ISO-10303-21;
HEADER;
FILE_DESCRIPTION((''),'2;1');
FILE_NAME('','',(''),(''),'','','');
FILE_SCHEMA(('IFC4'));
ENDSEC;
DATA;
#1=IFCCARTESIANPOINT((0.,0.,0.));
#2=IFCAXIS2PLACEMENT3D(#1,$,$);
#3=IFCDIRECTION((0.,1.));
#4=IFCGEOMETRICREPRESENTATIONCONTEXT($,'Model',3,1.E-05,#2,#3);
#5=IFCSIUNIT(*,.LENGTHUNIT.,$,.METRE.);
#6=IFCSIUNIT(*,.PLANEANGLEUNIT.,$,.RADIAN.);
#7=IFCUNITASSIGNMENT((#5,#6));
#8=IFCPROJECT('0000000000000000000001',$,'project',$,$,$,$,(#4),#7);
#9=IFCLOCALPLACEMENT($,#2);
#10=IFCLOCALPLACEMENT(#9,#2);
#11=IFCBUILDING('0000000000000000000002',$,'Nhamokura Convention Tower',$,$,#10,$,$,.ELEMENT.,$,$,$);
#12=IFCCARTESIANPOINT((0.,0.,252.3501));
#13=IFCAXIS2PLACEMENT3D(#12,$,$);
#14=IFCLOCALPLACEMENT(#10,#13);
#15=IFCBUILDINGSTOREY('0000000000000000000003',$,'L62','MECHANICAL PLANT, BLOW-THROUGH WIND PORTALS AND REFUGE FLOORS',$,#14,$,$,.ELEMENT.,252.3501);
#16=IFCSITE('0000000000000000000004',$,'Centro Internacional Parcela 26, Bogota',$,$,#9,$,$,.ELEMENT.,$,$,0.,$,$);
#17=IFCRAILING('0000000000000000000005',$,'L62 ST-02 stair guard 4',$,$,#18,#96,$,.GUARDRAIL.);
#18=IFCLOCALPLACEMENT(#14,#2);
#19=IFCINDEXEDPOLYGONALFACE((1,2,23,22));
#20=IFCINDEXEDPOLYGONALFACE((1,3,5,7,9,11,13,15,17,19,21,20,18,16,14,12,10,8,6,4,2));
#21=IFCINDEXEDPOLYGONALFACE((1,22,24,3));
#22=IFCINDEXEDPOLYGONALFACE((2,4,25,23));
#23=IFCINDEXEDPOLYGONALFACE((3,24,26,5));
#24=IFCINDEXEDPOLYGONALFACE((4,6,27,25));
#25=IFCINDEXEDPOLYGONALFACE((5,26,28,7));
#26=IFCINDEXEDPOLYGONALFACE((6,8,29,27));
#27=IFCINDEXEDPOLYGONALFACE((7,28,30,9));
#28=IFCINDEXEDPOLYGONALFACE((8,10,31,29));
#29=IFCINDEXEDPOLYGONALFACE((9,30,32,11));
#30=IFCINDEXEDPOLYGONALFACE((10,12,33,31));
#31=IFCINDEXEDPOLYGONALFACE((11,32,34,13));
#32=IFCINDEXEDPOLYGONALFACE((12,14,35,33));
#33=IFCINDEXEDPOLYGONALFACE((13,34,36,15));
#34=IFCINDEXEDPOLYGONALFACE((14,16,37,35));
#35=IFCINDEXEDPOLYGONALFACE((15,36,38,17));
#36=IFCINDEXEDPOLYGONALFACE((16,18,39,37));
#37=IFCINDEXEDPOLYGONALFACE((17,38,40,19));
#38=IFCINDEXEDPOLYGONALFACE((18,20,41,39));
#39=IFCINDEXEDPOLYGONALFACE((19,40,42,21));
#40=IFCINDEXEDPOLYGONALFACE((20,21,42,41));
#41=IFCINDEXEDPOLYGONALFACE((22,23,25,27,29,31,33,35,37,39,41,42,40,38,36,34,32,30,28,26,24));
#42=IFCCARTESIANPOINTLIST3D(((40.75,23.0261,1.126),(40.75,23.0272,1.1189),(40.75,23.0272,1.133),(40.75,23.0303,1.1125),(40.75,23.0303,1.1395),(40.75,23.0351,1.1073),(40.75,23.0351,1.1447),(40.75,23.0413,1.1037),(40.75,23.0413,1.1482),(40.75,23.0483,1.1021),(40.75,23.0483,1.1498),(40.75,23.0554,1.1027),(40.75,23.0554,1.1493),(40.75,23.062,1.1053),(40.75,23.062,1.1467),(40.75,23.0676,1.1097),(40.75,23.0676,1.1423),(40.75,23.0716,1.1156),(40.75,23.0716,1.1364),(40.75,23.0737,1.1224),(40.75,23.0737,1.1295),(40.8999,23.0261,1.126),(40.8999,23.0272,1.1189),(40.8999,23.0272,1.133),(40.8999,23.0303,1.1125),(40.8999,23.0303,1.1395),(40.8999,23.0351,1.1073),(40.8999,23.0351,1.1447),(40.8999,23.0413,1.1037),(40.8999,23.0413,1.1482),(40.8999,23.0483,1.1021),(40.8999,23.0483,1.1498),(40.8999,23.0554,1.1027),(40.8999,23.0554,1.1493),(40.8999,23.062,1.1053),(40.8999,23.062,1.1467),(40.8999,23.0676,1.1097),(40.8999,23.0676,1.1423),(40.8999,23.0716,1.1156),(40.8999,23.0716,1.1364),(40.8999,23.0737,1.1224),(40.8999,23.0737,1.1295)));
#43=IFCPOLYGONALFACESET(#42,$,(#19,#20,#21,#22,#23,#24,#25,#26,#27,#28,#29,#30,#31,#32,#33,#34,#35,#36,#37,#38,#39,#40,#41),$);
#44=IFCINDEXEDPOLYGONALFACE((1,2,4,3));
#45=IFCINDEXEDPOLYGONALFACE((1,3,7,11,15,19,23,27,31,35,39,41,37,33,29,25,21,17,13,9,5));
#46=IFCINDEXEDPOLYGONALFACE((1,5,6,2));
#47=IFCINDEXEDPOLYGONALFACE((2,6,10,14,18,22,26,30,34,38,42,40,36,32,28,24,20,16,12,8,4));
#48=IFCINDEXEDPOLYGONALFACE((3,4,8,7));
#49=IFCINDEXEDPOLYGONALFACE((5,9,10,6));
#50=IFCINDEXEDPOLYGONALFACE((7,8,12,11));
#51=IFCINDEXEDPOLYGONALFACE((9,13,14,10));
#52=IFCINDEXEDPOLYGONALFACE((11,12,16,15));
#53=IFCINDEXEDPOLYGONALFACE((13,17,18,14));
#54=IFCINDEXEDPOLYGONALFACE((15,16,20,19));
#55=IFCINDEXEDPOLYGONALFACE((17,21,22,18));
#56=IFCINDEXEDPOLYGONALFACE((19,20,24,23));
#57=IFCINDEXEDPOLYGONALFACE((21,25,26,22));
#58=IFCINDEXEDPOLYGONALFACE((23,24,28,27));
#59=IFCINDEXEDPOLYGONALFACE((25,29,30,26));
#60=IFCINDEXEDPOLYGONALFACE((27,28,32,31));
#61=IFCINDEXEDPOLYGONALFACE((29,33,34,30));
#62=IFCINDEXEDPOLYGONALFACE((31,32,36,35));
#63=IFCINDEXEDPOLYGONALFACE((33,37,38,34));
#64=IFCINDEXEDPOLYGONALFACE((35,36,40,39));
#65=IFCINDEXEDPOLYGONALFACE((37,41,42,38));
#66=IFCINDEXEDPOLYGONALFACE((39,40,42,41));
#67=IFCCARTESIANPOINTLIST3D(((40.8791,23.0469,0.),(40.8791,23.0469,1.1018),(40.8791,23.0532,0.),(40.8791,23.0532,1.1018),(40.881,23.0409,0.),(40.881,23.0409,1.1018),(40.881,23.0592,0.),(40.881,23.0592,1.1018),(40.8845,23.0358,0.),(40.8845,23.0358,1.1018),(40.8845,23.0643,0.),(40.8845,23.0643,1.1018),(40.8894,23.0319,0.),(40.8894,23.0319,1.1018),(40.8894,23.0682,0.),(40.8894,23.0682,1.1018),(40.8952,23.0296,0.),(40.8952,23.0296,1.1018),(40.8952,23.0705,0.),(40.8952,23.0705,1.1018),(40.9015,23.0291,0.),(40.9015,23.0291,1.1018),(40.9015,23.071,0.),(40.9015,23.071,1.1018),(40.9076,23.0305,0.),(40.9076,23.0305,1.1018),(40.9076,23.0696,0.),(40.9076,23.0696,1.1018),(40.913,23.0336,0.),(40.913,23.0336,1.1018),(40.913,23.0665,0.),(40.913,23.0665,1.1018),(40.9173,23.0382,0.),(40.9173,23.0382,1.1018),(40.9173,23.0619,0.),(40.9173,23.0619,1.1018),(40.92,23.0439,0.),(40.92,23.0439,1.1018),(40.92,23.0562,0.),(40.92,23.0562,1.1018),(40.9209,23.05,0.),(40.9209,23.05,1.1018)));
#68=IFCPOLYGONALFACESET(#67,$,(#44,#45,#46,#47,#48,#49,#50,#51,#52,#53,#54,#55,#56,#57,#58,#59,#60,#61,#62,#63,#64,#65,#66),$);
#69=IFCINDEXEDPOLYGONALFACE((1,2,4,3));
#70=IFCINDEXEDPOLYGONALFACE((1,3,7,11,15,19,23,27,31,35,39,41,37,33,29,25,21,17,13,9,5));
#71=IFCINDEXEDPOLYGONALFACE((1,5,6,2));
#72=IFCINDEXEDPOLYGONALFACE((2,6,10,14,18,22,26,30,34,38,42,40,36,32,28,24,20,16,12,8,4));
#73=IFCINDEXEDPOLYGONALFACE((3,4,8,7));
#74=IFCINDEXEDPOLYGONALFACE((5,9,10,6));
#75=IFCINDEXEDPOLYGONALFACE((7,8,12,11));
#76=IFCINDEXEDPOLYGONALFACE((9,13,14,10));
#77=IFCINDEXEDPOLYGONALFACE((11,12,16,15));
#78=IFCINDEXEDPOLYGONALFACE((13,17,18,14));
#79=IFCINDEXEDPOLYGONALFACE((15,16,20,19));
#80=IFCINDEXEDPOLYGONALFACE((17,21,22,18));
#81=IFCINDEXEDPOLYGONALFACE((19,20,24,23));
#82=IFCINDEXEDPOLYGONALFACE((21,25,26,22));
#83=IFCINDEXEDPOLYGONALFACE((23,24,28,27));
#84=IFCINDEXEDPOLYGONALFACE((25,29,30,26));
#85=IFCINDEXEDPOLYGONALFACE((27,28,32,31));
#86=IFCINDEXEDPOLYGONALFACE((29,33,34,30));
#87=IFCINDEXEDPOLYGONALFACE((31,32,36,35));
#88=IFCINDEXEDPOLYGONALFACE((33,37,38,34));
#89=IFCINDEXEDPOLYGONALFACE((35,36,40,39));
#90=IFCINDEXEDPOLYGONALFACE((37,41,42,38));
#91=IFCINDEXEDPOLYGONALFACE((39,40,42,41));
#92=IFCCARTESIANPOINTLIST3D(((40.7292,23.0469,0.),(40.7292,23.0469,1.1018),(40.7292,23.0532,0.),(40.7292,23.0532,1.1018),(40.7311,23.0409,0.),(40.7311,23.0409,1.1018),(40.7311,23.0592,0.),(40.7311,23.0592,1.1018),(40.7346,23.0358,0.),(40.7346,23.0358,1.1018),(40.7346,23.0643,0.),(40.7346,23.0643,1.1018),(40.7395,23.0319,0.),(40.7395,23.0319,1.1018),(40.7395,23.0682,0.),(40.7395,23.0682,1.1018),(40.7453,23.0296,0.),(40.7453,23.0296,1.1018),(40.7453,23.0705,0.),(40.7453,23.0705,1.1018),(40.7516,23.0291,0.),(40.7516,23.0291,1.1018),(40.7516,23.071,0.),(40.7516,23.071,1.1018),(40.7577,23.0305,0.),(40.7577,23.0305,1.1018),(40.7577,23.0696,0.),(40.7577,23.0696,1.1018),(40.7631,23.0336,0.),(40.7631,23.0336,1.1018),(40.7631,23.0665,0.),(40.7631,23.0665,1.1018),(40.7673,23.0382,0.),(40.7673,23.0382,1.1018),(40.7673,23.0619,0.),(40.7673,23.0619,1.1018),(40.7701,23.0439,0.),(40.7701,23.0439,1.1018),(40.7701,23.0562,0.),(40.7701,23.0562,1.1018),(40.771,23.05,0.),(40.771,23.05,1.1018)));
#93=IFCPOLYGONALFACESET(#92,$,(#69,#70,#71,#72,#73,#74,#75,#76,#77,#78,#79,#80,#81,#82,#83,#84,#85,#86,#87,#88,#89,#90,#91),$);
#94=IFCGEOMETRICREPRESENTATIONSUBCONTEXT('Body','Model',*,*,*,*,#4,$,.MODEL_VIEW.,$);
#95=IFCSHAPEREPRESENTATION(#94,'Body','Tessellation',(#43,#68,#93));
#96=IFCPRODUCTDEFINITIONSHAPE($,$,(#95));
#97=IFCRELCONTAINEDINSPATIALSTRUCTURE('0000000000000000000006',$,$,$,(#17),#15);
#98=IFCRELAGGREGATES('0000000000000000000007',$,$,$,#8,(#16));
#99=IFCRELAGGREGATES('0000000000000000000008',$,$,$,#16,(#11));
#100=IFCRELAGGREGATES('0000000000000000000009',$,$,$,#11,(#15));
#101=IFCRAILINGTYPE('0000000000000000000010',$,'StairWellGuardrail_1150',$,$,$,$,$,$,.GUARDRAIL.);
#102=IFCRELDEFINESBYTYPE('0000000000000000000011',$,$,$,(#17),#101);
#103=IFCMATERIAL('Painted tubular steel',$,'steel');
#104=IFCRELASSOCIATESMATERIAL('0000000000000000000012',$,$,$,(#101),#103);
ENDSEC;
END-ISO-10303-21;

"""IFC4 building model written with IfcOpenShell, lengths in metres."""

from ifc_helpers import new_model, si_unit, direction, frame, origin, origin_2d, place, context, subcontext, project, spatial, circle, extrude, material, type_object, element, save


model = new_model("IFC4")

# Units and contexts
model_context = context("Model", 3, precision=1e-05, world=origin(), true_north=direction((0.0, 1.0)))
body_context = subcontext(model_context, "Body", "Model", "MODEL_VIEW")
ifc_project = project(units=[si_unit("LENGTHUNIT", "METRE"), si_unit("PLANEANGLEUNIT", "RADIAN")], contexts=[model_context])

# Site, building, storey
site_placement = place(None, origin())
site = spatial("IfcSite", under=ifc_project, at=site_placement, Name="Centro Internacional Parcela 26, Bogota", CompositionType="ELEMENT", RefElevation=0.0)
building_placement = place(site_placement, origin())
building = spatial("IfcBuilding", under=site, at=building_placement, Name="Nhamokura Convention Tower", CompositionType="ELEMENT")
storey_placement = place(building_placement, frame((0.0, 0.0, 252.3501)))
storey = spatial("IfcBuildingStorey", under=building, at=storey_placement, Name="L62", Description="MECHANICAL PLANT, BLOW-THROUGH WIND PORTALS AND REFUGE FLOORS", CompositionType="ELEMENT", Elevation=252.3501)

# Railing
ifc_material_1 = material(Name="Painted tubular steel", Category="steel")
railing_type_1 = type_object("IfcRailingType", Name="StairWellGuardrail_1150", PredefinedType="GUARDRAIL", material=ifc_material_1)
railing_1_placement = place(storey_placement, frame((40.8999, 23.05, 0.0)))
element("IfcRailing", 1, at=railing_1_placement, inside=storey, type_object=railing_type_1, Name="L62 ST-02 stair guard 4", PredefinedType="GUARDRAIL", context=body_context, shape_type="SweptSolid", body=[
    extrude(circle(Radius=0.0239, at=origin_2d()), frame((0.0, 0.0, 1.126), z_axis=(-1.0, 0.0, 0.0), x_axis=(0.0, -1.0, 0.0)), (0.0, 0.0, 1.0), 0.1499),
    extrude(circle(Radius=0.021, at=origin_2d()), origin(), (0.0, 0.0, 1.0), 1.1018),
    extrude(circle(Radius=0.021, at=origin_2d()), frame((-0.1499, 0.0, 0.0)), (0.0, 0.0, 1.0), 1.1018),
])

save(model, "model.ifc")
